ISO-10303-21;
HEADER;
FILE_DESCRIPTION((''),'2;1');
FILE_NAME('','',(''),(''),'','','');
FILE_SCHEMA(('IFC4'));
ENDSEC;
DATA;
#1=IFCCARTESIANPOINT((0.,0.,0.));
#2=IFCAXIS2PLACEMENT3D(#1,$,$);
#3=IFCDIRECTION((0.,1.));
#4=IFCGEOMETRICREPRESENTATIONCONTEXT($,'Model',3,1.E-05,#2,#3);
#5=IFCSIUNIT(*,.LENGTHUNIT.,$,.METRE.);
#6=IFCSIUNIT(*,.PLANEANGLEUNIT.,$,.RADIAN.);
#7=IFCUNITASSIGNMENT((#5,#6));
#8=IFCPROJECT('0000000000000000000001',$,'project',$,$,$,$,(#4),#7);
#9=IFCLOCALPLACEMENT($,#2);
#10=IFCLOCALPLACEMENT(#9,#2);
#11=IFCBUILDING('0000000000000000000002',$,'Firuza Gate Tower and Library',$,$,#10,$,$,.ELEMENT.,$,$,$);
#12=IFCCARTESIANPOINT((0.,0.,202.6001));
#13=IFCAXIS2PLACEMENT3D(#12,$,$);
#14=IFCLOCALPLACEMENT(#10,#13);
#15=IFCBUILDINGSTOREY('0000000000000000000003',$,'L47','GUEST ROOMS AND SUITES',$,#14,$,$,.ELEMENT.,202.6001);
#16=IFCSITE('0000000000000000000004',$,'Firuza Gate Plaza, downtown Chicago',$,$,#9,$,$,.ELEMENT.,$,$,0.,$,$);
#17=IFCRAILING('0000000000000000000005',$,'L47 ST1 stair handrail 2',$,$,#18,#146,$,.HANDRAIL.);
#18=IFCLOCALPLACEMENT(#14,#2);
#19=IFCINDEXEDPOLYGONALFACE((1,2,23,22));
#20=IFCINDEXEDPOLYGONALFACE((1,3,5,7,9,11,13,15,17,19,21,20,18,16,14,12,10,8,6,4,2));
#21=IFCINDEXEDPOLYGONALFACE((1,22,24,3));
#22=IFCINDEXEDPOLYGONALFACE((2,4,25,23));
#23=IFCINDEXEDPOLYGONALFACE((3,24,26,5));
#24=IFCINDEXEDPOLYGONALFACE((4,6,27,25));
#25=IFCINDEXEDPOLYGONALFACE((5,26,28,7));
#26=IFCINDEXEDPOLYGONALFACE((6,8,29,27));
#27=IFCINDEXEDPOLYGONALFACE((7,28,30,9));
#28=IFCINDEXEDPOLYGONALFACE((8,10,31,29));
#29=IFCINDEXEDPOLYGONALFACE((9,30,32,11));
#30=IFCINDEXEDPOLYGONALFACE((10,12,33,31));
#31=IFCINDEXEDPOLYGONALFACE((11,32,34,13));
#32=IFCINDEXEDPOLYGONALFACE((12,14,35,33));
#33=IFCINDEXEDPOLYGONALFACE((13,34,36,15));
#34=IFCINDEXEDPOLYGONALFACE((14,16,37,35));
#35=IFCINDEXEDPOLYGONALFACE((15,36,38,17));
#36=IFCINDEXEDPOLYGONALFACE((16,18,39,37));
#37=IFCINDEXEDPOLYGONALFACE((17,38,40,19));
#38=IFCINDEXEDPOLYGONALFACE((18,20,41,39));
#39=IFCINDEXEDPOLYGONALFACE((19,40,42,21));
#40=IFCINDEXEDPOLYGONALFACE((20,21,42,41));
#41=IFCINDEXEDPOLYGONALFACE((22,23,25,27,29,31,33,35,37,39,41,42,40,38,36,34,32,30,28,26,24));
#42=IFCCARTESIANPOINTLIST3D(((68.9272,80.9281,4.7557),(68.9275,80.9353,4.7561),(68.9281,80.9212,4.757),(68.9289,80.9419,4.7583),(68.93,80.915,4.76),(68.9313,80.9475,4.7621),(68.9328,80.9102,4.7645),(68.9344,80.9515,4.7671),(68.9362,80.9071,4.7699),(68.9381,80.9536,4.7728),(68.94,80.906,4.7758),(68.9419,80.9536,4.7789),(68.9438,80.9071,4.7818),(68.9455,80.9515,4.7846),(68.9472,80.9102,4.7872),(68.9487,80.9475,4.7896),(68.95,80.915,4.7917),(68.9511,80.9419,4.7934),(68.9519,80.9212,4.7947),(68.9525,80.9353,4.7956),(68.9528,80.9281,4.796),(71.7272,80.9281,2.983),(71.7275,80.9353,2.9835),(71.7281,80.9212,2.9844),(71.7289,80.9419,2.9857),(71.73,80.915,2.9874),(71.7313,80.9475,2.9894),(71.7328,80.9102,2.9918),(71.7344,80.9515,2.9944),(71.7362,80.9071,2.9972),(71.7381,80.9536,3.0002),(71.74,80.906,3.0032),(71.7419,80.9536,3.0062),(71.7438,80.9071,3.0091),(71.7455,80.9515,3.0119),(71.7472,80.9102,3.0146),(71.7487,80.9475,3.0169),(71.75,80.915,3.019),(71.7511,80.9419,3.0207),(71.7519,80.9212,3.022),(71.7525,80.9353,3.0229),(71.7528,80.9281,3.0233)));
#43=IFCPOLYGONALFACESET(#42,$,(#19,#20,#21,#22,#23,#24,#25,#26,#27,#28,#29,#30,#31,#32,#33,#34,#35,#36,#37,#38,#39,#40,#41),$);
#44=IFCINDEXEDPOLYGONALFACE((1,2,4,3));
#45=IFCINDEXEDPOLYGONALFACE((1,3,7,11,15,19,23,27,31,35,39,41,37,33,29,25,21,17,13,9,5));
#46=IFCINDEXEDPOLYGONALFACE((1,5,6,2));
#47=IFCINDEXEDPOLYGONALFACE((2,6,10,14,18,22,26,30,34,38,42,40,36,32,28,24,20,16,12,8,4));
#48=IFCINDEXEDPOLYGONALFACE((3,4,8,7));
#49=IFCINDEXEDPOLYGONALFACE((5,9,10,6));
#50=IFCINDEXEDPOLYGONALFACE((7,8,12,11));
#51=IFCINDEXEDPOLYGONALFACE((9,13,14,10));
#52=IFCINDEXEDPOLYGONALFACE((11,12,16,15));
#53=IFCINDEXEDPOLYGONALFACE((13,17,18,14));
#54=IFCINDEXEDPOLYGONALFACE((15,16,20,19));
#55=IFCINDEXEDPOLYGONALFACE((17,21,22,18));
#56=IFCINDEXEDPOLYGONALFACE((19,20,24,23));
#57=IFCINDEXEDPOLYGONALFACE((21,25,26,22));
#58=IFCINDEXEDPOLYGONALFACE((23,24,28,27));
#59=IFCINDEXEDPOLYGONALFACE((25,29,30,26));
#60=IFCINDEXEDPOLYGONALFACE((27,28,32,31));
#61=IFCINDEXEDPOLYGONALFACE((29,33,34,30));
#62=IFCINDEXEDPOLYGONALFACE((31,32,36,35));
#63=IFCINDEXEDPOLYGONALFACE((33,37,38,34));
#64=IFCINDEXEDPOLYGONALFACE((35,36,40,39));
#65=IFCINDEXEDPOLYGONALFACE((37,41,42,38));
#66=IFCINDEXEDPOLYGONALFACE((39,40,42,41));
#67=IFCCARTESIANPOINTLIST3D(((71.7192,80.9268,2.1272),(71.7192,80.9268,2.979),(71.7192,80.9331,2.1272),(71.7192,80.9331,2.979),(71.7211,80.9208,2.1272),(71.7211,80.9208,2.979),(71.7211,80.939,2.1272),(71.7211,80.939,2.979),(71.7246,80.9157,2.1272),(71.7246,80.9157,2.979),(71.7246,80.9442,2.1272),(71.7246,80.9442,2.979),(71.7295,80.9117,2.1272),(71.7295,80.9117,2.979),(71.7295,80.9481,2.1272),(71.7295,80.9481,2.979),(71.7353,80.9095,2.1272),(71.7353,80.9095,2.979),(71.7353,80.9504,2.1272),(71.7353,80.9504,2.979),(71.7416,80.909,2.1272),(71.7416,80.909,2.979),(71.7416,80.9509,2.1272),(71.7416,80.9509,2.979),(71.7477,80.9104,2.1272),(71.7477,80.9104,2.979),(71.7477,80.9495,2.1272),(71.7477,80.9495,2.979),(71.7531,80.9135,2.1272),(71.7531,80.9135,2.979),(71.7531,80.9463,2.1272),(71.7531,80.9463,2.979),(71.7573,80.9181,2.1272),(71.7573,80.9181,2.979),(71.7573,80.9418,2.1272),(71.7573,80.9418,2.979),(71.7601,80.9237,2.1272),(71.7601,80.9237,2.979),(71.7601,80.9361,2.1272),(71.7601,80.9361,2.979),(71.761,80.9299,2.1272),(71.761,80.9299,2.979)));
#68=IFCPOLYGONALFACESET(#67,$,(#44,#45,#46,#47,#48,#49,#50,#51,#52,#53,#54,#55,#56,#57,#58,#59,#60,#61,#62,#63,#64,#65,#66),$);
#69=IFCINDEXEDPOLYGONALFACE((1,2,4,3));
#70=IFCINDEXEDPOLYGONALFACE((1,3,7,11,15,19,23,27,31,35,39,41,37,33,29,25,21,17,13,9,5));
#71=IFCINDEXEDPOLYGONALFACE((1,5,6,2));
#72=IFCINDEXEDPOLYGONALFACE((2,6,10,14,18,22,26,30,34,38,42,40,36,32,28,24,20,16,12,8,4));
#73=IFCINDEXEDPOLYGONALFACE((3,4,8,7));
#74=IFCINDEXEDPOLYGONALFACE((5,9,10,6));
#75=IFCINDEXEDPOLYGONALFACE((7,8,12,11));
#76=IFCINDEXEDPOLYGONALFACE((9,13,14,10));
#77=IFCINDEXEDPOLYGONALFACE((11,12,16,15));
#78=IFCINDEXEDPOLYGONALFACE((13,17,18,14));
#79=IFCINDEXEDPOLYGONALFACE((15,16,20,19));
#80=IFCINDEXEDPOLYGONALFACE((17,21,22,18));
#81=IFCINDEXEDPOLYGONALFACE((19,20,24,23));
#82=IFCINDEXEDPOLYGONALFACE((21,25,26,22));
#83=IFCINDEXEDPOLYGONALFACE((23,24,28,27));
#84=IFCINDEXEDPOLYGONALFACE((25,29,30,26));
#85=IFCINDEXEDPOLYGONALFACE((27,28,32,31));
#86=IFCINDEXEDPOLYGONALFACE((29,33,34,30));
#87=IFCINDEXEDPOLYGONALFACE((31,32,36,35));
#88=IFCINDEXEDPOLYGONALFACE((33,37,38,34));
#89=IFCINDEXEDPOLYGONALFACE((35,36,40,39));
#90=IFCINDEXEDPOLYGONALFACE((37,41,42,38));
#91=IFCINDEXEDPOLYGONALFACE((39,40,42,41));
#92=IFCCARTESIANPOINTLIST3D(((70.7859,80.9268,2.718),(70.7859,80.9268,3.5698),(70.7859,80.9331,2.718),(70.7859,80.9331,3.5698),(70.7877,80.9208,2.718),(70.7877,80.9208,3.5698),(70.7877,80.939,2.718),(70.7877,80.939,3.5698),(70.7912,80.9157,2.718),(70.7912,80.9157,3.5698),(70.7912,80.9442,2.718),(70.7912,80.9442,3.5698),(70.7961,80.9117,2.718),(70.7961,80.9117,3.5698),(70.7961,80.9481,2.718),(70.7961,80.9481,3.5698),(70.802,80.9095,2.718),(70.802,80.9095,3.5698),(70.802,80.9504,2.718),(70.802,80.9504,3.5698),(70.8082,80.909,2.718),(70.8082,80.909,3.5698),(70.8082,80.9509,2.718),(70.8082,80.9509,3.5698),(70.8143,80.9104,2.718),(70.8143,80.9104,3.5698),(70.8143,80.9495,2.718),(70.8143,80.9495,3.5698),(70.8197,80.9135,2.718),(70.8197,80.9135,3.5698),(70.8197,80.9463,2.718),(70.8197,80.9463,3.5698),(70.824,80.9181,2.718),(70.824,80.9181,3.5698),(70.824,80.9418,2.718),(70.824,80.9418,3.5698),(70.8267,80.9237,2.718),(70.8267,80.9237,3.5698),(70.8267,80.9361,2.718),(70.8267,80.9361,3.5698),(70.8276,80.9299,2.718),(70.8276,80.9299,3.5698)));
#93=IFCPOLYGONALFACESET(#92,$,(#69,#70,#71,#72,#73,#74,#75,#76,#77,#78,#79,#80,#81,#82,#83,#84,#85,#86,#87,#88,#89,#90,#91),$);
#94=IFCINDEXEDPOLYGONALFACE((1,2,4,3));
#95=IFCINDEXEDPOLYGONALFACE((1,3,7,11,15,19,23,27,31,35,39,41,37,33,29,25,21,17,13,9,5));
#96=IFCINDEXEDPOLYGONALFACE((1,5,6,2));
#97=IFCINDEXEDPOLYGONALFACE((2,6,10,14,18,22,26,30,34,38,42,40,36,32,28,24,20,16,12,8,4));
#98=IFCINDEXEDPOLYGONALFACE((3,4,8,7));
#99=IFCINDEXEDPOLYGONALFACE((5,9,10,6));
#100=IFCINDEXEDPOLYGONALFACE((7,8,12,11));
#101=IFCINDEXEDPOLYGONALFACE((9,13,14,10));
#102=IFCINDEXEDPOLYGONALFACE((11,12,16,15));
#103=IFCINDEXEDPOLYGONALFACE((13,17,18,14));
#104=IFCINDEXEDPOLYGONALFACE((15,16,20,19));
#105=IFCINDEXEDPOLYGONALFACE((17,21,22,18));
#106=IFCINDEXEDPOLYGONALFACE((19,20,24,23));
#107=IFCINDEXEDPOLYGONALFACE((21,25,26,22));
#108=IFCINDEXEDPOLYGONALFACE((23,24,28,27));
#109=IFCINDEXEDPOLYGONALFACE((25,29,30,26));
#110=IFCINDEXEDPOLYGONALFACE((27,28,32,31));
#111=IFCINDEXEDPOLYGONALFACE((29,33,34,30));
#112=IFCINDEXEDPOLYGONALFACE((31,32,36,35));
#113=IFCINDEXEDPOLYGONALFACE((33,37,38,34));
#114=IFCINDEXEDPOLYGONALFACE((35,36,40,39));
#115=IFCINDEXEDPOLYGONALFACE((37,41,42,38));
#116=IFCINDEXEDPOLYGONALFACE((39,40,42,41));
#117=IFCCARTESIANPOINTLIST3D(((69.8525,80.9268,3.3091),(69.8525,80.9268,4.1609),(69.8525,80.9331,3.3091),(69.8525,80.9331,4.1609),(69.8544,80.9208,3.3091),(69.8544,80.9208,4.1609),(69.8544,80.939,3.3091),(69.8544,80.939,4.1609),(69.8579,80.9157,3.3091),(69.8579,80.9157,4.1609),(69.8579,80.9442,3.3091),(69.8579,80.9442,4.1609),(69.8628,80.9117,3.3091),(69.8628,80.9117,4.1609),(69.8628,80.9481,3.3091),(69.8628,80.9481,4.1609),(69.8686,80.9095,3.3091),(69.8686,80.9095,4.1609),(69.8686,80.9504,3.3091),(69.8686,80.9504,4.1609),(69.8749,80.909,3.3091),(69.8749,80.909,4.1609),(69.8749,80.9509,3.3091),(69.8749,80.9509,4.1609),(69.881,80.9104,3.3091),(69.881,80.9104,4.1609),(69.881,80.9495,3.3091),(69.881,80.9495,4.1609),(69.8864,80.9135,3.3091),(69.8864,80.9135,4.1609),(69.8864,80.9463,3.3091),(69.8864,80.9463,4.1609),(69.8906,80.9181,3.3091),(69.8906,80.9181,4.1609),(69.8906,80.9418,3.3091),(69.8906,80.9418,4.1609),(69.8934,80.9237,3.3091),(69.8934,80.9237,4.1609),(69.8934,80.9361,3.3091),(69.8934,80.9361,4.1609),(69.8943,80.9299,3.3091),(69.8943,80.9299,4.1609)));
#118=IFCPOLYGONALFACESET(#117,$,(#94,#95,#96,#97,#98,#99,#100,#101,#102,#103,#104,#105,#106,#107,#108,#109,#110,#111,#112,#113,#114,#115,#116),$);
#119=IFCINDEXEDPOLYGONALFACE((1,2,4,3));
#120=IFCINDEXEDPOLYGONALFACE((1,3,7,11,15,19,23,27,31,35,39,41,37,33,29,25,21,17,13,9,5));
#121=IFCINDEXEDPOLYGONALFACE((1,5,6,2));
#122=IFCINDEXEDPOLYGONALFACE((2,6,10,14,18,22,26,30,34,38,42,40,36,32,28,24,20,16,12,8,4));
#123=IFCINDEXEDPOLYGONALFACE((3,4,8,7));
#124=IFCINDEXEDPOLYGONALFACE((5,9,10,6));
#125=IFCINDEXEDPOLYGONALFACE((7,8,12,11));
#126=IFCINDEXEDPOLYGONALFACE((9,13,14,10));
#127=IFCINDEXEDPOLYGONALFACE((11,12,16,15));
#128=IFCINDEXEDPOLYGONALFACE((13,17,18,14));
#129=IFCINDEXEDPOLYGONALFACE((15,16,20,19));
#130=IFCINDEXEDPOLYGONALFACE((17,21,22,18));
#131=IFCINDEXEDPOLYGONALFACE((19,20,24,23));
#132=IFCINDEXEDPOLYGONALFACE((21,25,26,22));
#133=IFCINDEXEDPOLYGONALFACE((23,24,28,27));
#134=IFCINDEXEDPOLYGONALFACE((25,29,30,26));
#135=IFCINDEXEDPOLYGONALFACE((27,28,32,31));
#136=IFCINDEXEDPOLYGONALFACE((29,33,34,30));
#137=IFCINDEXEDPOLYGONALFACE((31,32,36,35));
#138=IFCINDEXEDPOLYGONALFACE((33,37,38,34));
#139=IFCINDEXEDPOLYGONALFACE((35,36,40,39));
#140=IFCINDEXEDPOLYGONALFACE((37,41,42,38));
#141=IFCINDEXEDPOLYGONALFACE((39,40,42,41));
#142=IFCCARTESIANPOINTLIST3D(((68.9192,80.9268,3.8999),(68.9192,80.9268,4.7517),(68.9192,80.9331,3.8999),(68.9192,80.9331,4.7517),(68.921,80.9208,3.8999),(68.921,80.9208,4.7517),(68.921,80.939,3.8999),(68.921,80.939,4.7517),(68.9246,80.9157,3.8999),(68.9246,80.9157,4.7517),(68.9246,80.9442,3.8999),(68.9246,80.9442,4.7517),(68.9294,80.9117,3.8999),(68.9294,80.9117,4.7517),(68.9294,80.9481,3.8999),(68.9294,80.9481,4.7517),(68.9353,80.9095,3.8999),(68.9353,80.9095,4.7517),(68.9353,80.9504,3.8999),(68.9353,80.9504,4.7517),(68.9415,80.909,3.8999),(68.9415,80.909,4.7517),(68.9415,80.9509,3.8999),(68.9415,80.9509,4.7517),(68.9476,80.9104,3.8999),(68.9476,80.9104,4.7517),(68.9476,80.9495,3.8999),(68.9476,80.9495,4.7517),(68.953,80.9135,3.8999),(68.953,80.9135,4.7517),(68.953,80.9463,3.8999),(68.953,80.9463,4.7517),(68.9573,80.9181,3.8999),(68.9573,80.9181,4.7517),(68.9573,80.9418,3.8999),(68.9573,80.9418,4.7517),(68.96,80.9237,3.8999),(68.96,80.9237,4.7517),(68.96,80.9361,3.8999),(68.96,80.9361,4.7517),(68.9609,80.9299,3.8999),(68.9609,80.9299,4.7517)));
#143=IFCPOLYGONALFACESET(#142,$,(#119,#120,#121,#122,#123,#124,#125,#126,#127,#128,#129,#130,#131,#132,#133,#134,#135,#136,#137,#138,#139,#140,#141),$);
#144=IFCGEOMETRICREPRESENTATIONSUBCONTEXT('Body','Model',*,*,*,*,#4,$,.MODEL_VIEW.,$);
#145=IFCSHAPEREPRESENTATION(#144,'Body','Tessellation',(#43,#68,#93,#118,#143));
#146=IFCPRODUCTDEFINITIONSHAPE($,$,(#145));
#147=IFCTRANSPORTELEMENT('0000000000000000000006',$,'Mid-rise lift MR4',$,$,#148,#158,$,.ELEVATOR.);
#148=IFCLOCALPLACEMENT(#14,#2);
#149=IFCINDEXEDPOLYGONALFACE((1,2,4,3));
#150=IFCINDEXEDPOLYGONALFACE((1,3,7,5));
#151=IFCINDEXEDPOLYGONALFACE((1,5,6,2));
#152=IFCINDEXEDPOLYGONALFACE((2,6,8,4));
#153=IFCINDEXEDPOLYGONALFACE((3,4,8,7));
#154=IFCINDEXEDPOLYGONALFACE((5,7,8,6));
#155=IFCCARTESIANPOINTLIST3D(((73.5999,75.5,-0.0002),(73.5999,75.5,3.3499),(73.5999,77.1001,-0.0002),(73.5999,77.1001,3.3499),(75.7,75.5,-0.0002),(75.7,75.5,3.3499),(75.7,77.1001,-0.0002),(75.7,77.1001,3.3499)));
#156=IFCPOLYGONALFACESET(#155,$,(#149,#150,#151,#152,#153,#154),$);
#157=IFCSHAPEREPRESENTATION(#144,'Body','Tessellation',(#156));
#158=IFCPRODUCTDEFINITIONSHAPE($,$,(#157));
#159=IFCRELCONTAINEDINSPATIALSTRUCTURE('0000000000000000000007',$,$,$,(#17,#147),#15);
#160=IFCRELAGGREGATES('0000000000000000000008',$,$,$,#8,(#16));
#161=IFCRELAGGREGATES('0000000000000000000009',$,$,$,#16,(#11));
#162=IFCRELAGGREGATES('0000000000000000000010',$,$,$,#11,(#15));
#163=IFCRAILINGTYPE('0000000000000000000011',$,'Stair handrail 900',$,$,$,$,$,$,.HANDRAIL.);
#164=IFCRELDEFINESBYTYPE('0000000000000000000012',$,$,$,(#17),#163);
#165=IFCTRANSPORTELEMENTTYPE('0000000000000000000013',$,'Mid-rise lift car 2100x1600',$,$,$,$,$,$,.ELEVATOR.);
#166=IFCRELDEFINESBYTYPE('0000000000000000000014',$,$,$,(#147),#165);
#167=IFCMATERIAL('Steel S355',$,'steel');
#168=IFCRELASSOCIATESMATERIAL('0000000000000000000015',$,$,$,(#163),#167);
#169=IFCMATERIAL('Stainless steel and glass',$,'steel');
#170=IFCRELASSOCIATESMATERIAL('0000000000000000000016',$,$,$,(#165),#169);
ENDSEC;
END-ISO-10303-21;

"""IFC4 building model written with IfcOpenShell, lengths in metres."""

from ifc_helpers import new_model, si_unit, direction, frame, origin, origin_2d, place, context, subcontext, project, spatial, rectangle, circle, extrude, material, type_object, element, save


model = new_model("IFC4")

# Units and contexts
model_context = context("Model", 3, precision=1e-05, world=origin(), true_north=direction((0.0, 1.0)))
body_context = subcontext(model_context, "Body", "Model", "MODEL_VIEW")
ifc_project = project(units=[si_unit("LENGTHUNIT", "METRE"), si_unit("PLANEANGLEUNIT", "RADIAN")], contexts=[model_context])

# Site, building, storey
site_placement = place(None, origin())
site = spatial("IfcSite", under=ifc_project, at=site_placement, Name="Firuza Gate Plaza, downtown Chicago", CompositionType="ELEMENT", RefElevation=0.0)
building_placement = place(site_placement, origin())
building = spatial("IfcBuilding", under=site, at=building_placement, Name="Firuza Gate Tower and Library", CompositionType="ELEMENT")
storey_placement = place(building_placement, frame((0.0, 0.0, 202.6001)))
storey = spatial("IfcBuildingStorey", under=building, at=storey_placement, Name="L47", Description="GUEST ROOMS AND SUITES", CompositionType="ELEMENT", Elevation=202.6001)

# Railing
ifc_material_1 = material(Name="Steel S355", Category="steel")
railing_type_1 = type_object("IfcRailingType", Name="Stair handrail 900", PredefinedType="HANDRAIL", material=ifc_material_1)
railing_1_placement = place(storey_placement, frame((71.74, 80.9299, 2.1272)))
element("IfcRailing", 1, at=railing_1_placement, inside=storey, type_object=railing_type_1, Name="L47 ST1 stair handrail 2", PredefinedType="HANDRAIL", context=body_context, shape_type="SweptSolid", body=[
    extrude(circle(Radius=0.0239, at=origin_2d()), frame((0.0, 0.0, 0.876), z_axis=(-0.844909, 0.0, 0.53491), x_axis=(0.0, -1.0, 0.0)), (0.0, 0.0, 1.0), 3.314),
    extrude(circle(Radius=0.021, at=origin_2d()), origin(), (0.0, 0.0, 1.0), 0.8518),
    extrude(circle(Radius=0.021, at=origin_2d()), frame((-0.9333, 0.0, 0.5908)), (0.0, 0.0, 1.0), 0.8518),
    extrude(circle(Radius=0.021, at=origin_2d()), frame((-1.8667, 0.0, 1.1819)), (0.0, 0.0, 1.0), 0.8518),
    extrude(circle(Radius=0.021, at=origin_2d()), frame((-2.8, 0.0, 1.7727)), (0.0, 0.0, 1.0), 0.8518),
])

# Transport element
ifc_material_2 = material(Name="Stainless steel and glass", Category="steel")
transport_element_type = type_object("IfcTransportElementType", Name="Mid-rise lift car 2100x1600", PredefinedType="ELEVATOR", material=ifc_material_2)
transport_element_placement = place(storey_placement, frame((74.6499, 76.3, -0.0002), z_axis=(0.0, 0.0, 1.0), x_axis=(1.0, 0.0, 0.0)))
element("IfcTransportElement", 2, at=transport_element_placement, inside=storey, type_object=transport_element_type, Name="Mid-rise lift MR4", PredefinedType="ELEVATOR", context=body_context, shape_type="SweptSolid", body=[
    extrude(rectangle(XDim=2.1001, YDim=1.6001, at=origin_2d()), origin(), (0.0, 0.0, 1.0), 3.3501),
])

save(model, "model.ifc")
